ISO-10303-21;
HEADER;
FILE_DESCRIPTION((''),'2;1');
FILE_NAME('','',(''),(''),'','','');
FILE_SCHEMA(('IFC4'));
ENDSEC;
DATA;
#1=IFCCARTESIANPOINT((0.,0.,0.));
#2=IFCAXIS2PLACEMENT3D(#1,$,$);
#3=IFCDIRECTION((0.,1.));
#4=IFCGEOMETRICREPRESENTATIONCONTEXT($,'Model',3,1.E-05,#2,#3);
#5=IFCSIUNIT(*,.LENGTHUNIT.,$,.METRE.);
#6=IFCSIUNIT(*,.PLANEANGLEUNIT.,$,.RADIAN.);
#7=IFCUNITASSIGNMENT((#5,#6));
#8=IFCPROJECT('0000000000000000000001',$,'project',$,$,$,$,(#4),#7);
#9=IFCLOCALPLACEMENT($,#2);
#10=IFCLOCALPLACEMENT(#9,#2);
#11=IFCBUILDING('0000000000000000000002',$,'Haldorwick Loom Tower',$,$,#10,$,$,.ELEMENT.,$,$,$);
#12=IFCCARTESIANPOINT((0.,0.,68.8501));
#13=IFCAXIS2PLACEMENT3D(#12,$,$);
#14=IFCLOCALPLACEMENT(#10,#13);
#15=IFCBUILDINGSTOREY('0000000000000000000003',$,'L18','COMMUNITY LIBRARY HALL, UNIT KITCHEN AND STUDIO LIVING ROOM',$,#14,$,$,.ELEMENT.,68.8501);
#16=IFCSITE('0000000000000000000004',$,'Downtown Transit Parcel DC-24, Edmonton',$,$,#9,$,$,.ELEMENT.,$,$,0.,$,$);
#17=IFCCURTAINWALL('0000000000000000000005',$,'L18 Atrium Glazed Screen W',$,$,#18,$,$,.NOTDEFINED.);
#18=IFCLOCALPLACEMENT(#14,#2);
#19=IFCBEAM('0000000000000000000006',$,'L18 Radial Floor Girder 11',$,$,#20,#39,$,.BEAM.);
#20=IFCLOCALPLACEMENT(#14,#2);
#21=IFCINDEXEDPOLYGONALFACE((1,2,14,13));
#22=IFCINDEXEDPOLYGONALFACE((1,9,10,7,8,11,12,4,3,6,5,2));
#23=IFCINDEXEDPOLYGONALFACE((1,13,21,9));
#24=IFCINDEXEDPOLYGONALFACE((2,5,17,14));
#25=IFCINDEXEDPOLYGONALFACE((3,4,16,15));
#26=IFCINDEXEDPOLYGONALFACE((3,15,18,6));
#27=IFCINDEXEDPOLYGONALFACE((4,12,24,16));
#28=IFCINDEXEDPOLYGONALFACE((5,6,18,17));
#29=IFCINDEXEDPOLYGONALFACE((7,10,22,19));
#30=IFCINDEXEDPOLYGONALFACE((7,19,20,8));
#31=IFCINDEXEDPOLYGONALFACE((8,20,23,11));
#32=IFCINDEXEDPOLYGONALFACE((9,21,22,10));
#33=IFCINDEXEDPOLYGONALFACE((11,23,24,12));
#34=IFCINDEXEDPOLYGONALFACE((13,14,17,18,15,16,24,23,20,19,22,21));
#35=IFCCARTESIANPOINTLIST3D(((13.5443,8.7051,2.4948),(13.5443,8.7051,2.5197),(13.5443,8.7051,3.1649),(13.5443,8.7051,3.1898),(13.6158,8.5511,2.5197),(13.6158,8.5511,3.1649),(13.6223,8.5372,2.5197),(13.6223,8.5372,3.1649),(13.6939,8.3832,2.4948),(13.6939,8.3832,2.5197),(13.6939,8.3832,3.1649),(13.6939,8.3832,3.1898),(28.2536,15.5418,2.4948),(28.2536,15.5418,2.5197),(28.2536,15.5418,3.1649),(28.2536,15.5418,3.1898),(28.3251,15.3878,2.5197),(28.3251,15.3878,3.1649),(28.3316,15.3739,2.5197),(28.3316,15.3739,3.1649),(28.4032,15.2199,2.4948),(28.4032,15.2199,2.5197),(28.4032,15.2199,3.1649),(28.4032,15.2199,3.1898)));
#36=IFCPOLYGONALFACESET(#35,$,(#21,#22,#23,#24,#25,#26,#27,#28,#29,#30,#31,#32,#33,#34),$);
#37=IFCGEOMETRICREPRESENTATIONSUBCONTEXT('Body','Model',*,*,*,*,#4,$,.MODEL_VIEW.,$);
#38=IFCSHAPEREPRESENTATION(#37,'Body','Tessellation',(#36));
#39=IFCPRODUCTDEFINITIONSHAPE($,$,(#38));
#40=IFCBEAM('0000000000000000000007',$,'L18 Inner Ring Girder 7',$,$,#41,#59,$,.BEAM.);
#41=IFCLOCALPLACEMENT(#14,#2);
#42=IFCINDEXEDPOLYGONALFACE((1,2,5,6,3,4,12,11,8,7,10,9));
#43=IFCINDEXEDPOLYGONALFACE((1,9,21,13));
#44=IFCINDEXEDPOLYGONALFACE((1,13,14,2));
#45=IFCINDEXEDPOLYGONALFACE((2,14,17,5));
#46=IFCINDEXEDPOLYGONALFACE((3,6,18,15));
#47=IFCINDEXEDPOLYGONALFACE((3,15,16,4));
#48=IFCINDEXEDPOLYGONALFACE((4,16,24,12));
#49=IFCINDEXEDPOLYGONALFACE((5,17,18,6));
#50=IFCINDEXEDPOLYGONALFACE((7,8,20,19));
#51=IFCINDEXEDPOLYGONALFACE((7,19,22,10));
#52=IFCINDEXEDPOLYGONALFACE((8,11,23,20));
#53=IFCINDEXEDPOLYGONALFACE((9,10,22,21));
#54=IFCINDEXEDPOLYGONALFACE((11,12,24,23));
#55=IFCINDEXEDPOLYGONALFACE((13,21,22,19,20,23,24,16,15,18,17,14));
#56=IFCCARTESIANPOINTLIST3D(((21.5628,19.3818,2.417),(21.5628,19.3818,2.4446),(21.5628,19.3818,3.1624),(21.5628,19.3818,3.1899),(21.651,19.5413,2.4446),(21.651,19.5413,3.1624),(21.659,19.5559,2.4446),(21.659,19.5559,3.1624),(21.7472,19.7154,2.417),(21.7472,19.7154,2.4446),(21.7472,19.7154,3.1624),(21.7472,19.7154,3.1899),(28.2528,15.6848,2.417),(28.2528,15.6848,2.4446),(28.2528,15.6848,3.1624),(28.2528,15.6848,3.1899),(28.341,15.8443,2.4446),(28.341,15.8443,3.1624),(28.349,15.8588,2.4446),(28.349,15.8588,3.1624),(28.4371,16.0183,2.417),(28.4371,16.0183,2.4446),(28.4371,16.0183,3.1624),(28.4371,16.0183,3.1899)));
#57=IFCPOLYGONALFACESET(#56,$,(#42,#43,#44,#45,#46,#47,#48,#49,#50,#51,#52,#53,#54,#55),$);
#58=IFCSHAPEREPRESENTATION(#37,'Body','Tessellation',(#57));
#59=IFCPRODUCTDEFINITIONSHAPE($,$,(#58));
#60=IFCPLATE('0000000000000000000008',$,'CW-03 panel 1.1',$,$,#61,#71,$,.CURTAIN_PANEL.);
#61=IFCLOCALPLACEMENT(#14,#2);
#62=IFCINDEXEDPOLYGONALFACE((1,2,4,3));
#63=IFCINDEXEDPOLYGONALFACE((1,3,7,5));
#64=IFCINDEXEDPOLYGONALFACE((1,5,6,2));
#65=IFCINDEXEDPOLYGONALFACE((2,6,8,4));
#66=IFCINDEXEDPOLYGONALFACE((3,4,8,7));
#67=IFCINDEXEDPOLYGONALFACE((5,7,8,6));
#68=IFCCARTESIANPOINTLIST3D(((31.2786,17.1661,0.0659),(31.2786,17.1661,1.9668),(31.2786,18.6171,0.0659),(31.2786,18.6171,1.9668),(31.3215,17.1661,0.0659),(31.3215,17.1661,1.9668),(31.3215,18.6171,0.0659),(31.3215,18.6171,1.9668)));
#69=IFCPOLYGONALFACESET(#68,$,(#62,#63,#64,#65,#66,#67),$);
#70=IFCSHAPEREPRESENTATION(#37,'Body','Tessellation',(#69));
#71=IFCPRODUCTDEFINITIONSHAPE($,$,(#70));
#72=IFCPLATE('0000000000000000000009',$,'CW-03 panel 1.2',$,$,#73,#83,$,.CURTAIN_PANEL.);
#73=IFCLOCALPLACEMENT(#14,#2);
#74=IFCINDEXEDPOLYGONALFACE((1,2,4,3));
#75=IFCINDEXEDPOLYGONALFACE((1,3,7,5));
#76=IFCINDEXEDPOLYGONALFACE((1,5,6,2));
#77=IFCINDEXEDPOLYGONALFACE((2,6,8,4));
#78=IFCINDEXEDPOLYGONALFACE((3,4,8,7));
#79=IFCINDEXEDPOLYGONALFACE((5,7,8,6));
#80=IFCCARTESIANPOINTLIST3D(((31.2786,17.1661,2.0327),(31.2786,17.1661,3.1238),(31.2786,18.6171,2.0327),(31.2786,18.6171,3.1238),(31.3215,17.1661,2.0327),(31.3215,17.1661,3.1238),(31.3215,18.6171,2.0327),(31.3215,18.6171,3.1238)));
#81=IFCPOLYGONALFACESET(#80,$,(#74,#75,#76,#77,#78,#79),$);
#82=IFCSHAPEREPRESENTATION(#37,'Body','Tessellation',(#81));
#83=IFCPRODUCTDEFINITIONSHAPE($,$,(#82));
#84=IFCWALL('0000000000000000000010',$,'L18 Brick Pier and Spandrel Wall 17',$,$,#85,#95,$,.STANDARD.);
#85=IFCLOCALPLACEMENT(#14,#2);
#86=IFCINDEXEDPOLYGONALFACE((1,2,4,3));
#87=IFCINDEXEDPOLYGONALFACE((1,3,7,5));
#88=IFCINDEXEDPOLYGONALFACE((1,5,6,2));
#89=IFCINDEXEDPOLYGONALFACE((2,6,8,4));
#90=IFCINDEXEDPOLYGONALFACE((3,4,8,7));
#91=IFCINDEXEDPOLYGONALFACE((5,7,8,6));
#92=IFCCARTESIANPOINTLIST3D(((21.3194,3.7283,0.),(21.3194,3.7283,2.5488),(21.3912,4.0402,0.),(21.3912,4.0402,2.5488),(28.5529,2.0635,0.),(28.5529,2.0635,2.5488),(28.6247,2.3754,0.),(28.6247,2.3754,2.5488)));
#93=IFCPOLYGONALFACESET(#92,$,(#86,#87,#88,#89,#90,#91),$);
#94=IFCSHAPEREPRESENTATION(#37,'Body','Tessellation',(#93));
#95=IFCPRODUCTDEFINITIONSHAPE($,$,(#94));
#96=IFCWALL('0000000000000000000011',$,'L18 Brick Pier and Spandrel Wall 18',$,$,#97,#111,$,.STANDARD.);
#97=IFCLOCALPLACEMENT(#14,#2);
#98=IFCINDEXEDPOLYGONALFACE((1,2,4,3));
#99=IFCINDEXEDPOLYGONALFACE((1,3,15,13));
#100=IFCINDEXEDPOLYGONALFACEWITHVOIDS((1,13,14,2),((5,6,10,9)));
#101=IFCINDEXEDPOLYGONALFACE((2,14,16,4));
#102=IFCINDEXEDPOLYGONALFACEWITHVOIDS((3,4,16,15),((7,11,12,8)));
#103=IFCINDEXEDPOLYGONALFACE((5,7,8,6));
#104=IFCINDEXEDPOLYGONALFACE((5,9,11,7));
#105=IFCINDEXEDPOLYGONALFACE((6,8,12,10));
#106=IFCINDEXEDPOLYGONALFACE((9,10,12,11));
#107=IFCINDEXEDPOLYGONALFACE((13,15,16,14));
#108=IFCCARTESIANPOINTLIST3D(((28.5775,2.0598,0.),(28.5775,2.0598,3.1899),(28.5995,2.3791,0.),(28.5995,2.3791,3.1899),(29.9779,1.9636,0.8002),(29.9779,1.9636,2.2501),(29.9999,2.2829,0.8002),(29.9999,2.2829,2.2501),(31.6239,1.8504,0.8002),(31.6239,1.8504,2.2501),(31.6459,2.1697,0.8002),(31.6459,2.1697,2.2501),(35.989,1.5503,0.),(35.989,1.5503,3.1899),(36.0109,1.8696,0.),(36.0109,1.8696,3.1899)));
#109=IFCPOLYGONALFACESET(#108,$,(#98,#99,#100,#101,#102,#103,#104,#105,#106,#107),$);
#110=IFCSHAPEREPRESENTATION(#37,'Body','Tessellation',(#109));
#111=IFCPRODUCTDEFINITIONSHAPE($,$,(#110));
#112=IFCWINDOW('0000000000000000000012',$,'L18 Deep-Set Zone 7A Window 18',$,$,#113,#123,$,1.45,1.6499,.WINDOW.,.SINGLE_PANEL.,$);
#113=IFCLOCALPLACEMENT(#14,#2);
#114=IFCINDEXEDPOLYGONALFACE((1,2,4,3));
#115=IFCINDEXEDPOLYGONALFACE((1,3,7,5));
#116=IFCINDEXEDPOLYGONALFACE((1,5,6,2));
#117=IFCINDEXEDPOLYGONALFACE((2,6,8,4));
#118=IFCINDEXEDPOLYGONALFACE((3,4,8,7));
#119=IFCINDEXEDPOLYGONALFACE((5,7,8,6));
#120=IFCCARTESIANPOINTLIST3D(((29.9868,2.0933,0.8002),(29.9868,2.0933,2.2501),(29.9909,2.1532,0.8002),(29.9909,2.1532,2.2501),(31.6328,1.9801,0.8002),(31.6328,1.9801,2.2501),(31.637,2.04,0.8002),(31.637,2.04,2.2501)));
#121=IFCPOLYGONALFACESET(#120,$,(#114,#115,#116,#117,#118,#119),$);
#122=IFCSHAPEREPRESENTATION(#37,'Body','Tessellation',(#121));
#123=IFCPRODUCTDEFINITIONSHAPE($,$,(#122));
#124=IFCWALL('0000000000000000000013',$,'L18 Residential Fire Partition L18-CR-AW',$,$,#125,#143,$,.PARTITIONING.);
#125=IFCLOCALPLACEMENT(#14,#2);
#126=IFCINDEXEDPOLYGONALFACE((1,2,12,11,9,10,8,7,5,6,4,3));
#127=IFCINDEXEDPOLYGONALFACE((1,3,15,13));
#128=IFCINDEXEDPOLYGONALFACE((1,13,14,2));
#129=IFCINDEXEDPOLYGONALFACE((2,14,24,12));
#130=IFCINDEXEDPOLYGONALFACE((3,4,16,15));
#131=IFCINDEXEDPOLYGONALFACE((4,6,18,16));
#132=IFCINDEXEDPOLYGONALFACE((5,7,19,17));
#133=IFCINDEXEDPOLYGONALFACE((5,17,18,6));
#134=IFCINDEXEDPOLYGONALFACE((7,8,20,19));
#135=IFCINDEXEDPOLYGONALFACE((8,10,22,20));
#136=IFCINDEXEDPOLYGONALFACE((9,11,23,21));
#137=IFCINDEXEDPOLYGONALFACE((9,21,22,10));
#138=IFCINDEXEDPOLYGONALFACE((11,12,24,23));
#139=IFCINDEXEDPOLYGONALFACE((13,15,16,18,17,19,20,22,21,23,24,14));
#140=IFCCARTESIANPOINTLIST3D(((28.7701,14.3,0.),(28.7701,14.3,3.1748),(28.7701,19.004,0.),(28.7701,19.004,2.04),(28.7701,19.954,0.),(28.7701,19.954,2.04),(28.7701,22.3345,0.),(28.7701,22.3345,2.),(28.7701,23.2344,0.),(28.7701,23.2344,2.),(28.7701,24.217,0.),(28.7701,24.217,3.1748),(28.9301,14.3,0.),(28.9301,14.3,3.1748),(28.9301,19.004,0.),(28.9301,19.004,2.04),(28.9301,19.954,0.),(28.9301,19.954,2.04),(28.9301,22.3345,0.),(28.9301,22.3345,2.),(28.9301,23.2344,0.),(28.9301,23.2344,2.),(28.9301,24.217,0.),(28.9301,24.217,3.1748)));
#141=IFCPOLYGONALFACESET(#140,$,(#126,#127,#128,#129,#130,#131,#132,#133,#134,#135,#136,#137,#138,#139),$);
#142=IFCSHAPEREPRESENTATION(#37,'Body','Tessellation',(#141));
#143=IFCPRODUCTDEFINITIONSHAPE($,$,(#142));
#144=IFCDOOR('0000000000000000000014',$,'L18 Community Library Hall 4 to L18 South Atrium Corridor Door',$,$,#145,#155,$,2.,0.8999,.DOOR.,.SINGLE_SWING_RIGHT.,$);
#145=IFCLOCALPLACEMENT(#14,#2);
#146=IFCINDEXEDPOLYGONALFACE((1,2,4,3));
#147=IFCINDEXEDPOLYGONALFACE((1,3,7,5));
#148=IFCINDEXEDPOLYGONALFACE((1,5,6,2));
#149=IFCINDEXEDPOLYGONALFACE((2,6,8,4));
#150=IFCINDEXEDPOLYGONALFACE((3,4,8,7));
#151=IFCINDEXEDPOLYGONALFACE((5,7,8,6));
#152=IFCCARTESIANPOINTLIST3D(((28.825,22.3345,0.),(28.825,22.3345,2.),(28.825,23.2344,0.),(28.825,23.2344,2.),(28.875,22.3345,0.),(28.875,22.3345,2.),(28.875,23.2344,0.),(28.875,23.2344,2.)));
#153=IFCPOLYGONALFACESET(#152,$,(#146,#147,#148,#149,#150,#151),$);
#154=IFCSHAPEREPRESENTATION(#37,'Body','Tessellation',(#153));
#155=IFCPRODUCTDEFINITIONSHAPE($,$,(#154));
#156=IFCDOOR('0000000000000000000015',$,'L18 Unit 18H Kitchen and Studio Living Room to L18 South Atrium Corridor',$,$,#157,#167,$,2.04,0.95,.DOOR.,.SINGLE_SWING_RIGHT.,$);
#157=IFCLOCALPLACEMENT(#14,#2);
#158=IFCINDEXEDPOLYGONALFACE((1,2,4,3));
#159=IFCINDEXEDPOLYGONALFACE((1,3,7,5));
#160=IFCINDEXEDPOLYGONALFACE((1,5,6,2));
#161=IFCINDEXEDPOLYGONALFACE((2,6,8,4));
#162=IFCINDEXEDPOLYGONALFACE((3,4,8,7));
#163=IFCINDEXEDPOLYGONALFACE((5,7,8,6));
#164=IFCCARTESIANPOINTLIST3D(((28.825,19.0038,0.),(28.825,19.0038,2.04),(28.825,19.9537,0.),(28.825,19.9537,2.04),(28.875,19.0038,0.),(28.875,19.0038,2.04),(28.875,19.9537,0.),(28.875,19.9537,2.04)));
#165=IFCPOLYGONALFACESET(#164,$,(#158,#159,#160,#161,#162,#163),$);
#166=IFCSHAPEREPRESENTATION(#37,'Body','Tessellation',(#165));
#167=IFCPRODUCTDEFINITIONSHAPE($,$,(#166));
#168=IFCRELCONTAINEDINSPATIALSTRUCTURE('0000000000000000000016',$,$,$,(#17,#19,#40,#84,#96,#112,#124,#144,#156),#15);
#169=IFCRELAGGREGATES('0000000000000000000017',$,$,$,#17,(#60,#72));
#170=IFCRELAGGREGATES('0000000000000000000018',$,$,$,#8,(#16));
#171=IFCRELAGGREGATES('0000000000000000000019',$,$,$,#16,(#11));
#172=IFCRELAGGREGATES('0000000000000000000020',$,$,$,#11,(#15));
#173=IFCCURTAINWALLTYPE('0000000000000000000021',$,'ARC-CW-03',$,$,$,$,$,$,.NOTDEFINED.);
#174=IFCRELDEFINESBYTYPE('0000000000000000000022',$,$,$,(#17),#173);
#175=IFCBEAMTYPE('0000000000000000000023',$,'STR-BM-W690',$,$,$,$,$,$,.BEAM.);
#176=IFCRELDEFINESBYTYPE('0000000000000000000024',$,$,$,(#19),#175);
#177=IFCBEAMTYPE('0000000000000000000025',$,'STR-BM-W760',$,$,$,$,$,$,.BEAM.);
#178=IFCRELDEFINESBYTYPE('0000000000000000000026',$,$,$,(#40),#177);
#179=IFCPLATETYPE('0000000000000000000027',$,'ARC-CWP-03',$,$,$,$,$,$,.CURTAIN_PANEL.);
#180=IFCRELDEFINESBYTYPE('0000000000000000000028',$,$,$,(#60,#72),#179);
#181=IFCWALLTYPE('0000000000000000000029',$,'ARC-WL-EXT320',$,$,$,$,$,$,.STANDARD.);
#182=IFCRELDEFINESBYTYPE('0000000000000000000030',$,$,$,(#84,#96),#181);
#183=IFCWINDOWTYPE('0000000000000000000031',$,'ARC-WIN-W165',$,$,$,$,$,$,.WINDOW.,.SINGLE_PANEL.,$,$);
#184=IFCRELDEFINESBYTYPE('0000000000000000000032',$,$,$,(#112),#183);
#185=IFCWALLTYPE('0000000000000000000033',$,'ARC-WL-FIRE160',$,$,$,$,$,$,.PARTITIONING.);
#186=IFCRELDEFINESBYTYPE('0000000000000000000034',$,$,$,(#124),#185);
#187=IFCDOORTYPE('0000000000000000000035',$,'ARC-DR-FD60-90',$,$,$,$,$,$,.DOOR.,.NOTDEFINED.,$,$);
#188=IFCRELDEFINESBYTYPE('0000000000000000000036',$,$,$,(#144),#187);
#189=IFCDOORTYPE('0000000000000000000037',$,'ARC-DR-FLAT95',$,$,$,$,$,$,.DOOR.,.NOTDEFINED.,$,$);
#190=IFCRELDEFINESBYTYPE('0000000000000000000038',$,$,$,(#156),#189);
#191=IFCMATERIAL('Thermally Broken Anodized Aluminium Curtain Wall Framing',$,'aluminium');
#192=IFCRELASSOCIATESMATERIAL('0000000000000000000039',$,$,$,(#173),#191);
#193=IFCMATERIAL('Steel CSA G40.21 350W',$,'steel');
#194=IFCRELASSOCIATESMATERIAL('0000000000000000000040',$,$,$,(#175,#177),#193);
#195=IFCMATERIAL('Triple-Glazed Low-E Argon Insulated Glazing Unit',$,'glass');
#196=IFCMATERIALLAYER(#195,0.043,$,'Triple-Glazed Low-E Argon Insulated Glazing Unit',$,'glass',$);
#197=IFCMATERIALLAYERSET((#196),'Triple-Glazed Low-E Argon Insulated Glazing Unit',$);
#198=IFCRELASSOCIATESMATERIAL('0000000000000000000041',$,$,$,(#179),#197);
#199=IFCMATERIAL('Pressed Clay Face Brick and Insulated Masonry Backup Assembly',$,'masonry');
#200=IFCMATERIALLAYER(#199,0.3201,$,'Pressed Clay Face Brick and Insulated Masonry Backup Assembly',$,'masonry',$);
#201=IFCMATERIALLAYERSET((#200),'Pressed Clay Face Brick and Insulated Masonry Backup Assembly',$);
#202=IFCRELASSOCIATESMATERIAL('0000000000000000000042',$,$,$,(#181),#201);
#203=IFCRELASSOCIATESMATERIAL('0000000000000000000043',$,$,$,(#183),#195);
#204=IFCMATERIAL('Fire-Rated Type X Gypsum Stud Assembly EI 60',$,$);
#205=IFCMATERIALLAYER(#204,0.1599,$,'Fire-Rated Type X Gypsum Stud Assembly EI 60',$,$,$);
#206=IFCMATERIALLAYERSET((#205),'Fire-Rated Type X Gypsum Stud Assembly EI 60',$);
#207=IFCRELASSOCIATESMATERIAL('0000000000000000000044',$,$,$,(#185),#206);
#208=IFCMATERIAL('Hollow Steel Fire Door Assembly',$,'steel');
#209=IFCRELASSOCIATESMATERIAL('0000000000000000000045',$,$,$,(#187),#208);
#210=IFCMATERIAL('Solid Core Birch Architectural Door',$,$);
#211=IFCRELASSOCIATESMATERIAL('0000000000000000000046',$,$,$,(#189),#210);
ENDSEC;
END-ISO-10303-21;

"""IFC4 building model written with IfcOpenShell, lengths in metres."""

from ifc_helpers import new_model, si_unit, direction, frame, frame_2d, origin, origin_2d, place, context, subcontext, project, spatial, rectangle, i_section, extrude, material, layer, layer_set, material_profile, profile_set, type_object, element, fill, aggregate, save


model = new_model("IFC4")

# Units and contexts
model_context = context("Model", 3, precision=1e-05, world=origin(), true_north=direction((0.0, 1.0)))
body_context = subcontext(model_context, "Body", "Model", "MODEL_VIEW")
ifc_project = project(units=[si_unit("LENGTHUNIT", "METRE"), si_unit("PLANEANGLEUNIT", "RADIAN")], contexts=[model_context])

# Site, building, storey
site_placement = place(None, origin())
site = spatial("IfcSite", under=ifc_project, at=site_placement, Name="Downtown Transit Parcel DC-24, Edmonton", CompositionType="ELEMENT", RefElevation=0.0)
building_placement = place(site_placement, origin())
building = spatial("IfcBuilding", under=site, at=building_placement, Name="Haldorwick Loom Tower", CompositionType="ELEMENT")
storey_placement = place(building_placement, frame((0.0, 0.0, 68.8501)))
storey = spatial("IfcBuildingStorey", under=building, at=storey_placement, Name="L18", Description="COMMUNITY LIBRARY HALL, UNIT KITCHEN AND STUDIO LIVING ROOM", CompositionType="ELEMENT", Elevation=68.8501)

# Curtain wall
ifc_material_1 = material(Name="Thermally Broken Anodized Aluminium Curtain Wall Framing", Category="aluminium")
curtain_wall_type = type_object("IfcCurtainWallType", Name="ARC-CW-03", PredefinedType="NOTDEFINED", material=ifc_material_1)
curtain_wall_placement = place(storey_placement, origin())
curtain_wall = element("IfcCurtainWall", 1, at=curtain_wall_placement, inside=storey, type_object=curtain_wall_type, Name="L18 Atrium Glazed Screen W", PredefinedType="NOTDEFINED")

# Beams
ifc_material_2 = material(Name="Steel CSA G40.21 350W", Category="steel")
ifc_material_profile_1 = material_profile(ifc_material_2, i_section(OverallWidth=0.355, OverallDepth=0.6951, WebThickness=0.0154, FlangeThickness=0.0249, at=origin_2d()), Name="W690X217", Category="steel")
ifc_profile_set_1 = profile_set([ifc_material_profile_1], Name="Steel CSA G40.21 350W")
beam_type_1 = type_object("IfcBeamType", Name="STR-BM-W690", PredefinedType="BEAM", material=ifc_profile_set_1)
beam_1_placement = place(storey_placement, frame((28.3284, 15.3809, 2.8423), z_axis=(-0.906835, -0.421486, 0.0), x_axis=(0.421486, -0.906835, 0.0)))
element("IfcBeam", 2, at=beam_1_placement, inside=storey, type_object=beam_type_1, Name="L18 Radial Floor Girder 11", PredefinedType="BEAM", context=body_context, shape_type="SweptSolid", body=[
    extrude(i_section(OverallWidth=0.355, OverallDepth=0.6951, WebThickness=0.0154, FlangeThickness=0.0249, at=origin_2d()), origin(), (0.0, 0.0, 1.0), 16.2205),
])
ifc_material_profile_2 = material_profile(ifc_material_2, i_section(OverallWidth=0.3811, OverallDepth=0.7729, WebThickness=0.0166, FlangeThickness=0.0276, at=origin_2d()), Name="W760X257", Category="steel")
ifc_profile_set_2 = profile_set([ifc_material_profile_2], Name="Steel CSA G40.21 350W")
beam_type_2 = type_object("IfcBeamType", Name="STR-BM-W760", PredefinedType="BEAM", material=ifc_profile_set_2)
beam_2_placement = place(storey_placement, frame((28.345, 15.8516, 2.8035), z_axis=(-0.875244, 0.483681, 0.0), x_axis=(-0.483681, -0.875244, 0.0)))
element("IfcBeam", 3, at=beam_2_placement, inside=storey, type_object=beam_type_2, Name="L18 Inner Ring Girder 7", PredefinedType="BEAM", context=body_context, shape_type="SweptSolid", body=[
    extrude(i_section(OverallWidth=0.3811, OverallDepth=0.7729, WebThickness=0.0166, FlangeThickness=0.0276, at=origin_2d()), origin(), (0.0, 0.0, 1.0), 7.6436),
])

# Plates
ifc_material_3 = material(Name="Triple-Glazed Low-E Argon Insulated Glazing Unit", Category="glass")
ifc_layer_1 = layer(ifc_material_3, 0.043, Name="Triple-Glazed Low-E Argon Insulated Glazing Unit", Category="glass")
ifc_layer_set_1 = layer_set([ifc_layer_1], Name="Triple-Glazed Low-E Argon Insulated Glazing Unit")
plate_type = type_object("IfcPlateType", Name="ARC-CWP-03", PredefinedType="CURTAIN_PANEL", material=ifc_layer_set_1)
plate_1_placement = place(storey_placement, frame((31.3, 17.8916, 0.0659), z_axis=(0.0, 0.0, 1.0), x_axis=(0.0, 1.0, 0.0)))
plate_1 = element("IfcPlate", 4, at=plate_1_placement, type_object=plate_type, Name="CW-03 panel 1.1", PredefinedType="CURTAIN_PANEL", context=body_context, shape_type="SweptSolid", body=[
    extrude(rectangle(XDim=1.4509, YDim=0.043, at=origin_2d()), origin(), (0.0, 0.0, 1.0), 1.9009),
])
plate_2_placement = place(storey_placement, frame((31.3, 17.8916, 2.0327), z_axis=(0.0, 0.0, 1.0), x_axis=(0.0, 1.0, 0.0)))
plate_2 = element("IfcPlate", 5, at=plate_2_placement, type_object=plate_type, Name="CW-03 panel 1.2", PredefinedType="CURTAIN_PANEL", context=body_context, shape_type="SweptSolid", body=[
    extrude(rectangle(XDim=1.4509, YDim=0.043, at=origin_2d()), origin(), (0.0, 0.0, 1.0), 1.0911),
])
aggregate(curtain_wall, [plate_1, plate_2])

# Wall
ifc_material_4 = material(Name="Pressed Clay Face Brick and Insulated Masonry Backup Assembly", Category="masonry")
ifc_layer_2 = layer(ifc_material_4, 0.3201, Name="Pressed Clay Face Brick and Insulated Masonry Backup Assembly", Category="masonry")
ifc_layer_set_2 = layer_set([ifc_layer_2], Name="Pressed Clay Face Brick and Insulated Masonry Backup Assembly")
wall_type_1 = type_object("IfcWallType", Name="ARC-WL-EXT320", PredefinedType="STANDARD", material=ifc_layer_set_2)
wall_1_placement = place(storey_placement, frame((21.3552, 3.8843, 0.0), z_axis=(0.0, 0.0, 1.0), x_axis=(0.974522, -0.22429, 0.0)))
element("IfcWall", 6, at=wall_1_placement, inside=storey, type_object=wall_type_1, Name="L18 Brick Pier and Spandrel Wall 17", PredefinedType="STANDARD", context=body_context, shape_type="SweptSolid", body=[
    extrude(rectangle(XDim=7.4226, YDim=0.3201, at=frame_2d((3.7114, 0.0))), origin(), (0.0, 0.0, 1.0), 2.5488),
])

# Wall, opening, window
wall_2_placement = place(storey_placement, frame((28.5886, 2.2195, 0.0), z_axis=(0.0, 0.0, 1.0), x_axis=(0.997645, -0.068587, 0.0)))
wall_2 = element("IfcWall", 7, at=wall_2_placement, inside=storey, type_object=wall_type_1, Name="L18 Brick Pier and Spandrel Wall 18", PredefinedType="STANDARD", context=body_context, shape_type="SweptSolid", body=[
    extrude(rectangle(XDim=7.429, YDim=0.3201, at=frame_2d((3.7144, 0.0))), origin(), (0.0, 0.0, 1.0), 3.1899),
])
opening_1_placement = place(wall_2_placement, frame((1.4036, 0.0, 0.8)))
opening_1 = element("IfcOpeningElement", 8, at=opening_1_placement, cuts=wall_2, PredefinedType="OPENING", context=body_context, shape_type="SweptSolid", body=[
    extrude(rectangle(XDim=1.6499, YDim=1.45, at=frame_2d((0.825, 0.7251))), frame((0.0, 0.1699, 0.0), z_axis=(0.0, -1.0, 0.0), x_axis=(1.0, 0.0, 0.0)), (0.0, 0.0, 1.0), 0.3401),
])
window_type = type_object("IfcWindowType", Name="ARC-WIN-W165", PartitioningType="SINGLE_PANEL", PredefinedType="WINDOW", material=ifc_material_3)
window_placement = place(opening_1_placement, origin())
window = element("IfcWindow", 9, at=window_placement, inside=storey, type_object=window_type, Name="L18 Deep-Set Zone 7A Window 18", OverallHeight=1.45, OverallWidth=1.6499, PartitioningType="SINGLE_PANEL", PredefinedType="WINDOW", context=body_context, shape_type="SweptSolid", body=[
    extrude(rectangle(XDim=1.6499, YDim=1.45, at=frame_2d((0.825, 0.7251))), frame((0.0, 0.03, 0.0), z_axis=(0.0, -1.0, 0.0), x_axis=(1.0, 0.0, 0.0)), (0.0, 0.0, 1.0), 0.0601),
])
fill(opening_1, window)

# Wall, openings, doors
ifc_material_5 = material(Name="Fire-Rated Type X Gypsum Stud Assembly EI 60")
ifc_layer_3 = layer(ifc_material_5, 0.1599, Name="Fire-Rated Type X Gypsum Stud Assembly EI 60")
ifc_layer_set_3 = layer_set([ifc_layer_3], Name="Fire-Rated Type X Gypsum Stud Assembly EI 60")
wall_type_2 = type_object("IfcWallType", Name="ARC-WL-FIRE160", PredefinedType="PARTITIONING", material=ifc_layer_set_3)
wall_3_placement = place(storey_placement, frame((28.8501, 14.3, 0.0), z_axis=(0.0, 0.0, 1.0), x_axis=(0.0, 1.0, 0.0)))
wall_3 = element("IfcWall", 10, at=wall_3_placement, inside=storey, type_object=wall_type_2, Name="L18 Residential Fire Partition L18-CR-AW", PredefinedType="PARTITIONING", context=body_context, shape_type="SweptSolid", body=[
    extrude(rectangle(XDim=9.917, YDim=0.1599, at=frame_2d((4.9585, 0.0))), origin(), (0.0, 0.0, 1.0), 3.1748),
])
opening_2_placement = place(wall_3_placement, frame((4.7039, 0.0, 0.0)))
opening_2 = element("IfcOpeningElement", 11, at=opening_2_placement, cuts=wall_3, PredefinedType="OPENING", context=body_context, shape_type="SweptSolid", body=[
    extrude(rectangle(XDim=0.95, YDim=2.04, at=frame_2d((0.4751, 1.02))), frame((0.0, 0.0898, 0.0), z_axis=(0.0, -1.0, 0.0), x_axis=(1.0, 0.0, 0.0)), (0.0, 0.0, 1.0), 0.1799),
])
opening_3_placement = place(wall_3_placement, frame((8.0344, 0.0, 0.0)))
opening_3 = element("IfcOpeningElement", 12, at=opening_3_placement, cuts=wall_3, PredefinedType="OPENING", context=body_context, shape_type="SweptSolid", body=[
    extrude(rectangle(XDim=0.8999, YDim=2.0, at=frame_2d((0.45, 1.0))), frame((0.0, 0.0898, 0.0), z_axis=(0.0, -1.0, 0.0), x_axis=(1.0, 0.0, 0.0)), (0.0, 0.0, 1.0), 0.1799),
])
ifc_material_6 = material(Name="Hollow Steel Fire Door Assembly", Category="steel")
door_type_1 = type_object("IfcDoorType", Name="ARC-DR-FD60-90", OperationType="NOTDEFINED", PredefinedType="DOOR", material=ifc_material_6)
door_1_placement = place(opening_3_placement, frame((0.8999, 0.0, 0.0), z_axis=(0.0, 0.0, 1.0), x_axis=(-1.0, 0.0, 0.0)))
door_1 = element("IfcDoor", 13, at=door_1_placement, inside=storey, type_object=door_type_1, Name="L18 Community Library Hall 4 to L18 South Atrium Corridor Door", OperationType="SINGLE_SWING_RIGHT", OverallHeight=2.0, OverallWidth=0.8999, PredefinedType="DOOR", context=body_context, shape_type="SweptSolid", body=[
    extrude(rectangle(XDim=0.8999, YDim=2.0, at=frame_2d((0.45, 1.0))), frame((0.0, 0.0249, 0.0), z_axis=(0.0, -1.0, 0.0), x_axis=(1.0, 0.0, 0.0)), (0.0, 0.0, 1.0), 0.05),
])
fill(opening_3, door_1)
ifc_material_7 = material(Name="Solid Core Birch Architectural Door")
door_type_2 = type_object("IfcDoorType", Name="ARC-DR-FLAT95", OperationType="NOTDEFINED", PredefinedType="DOOR", material=ifc_material_7)
door_2_placement = place(opening_2_placement, frame((0.95, 0.0, 0.0), z_axis=(0.0, 0.0, 1.0), x_axis=(-1.0, 0.0, 0.0)))
door_2 = element("IfcDoor", 14, at=door_2_placement, inside=storey, type_object=door_type_2, Name="L18 Unit 18H Kitchen and Studio Living Room to L18 South Atrium Corridor", OperationType="SINGLE_SWING_RIGHT", OverallHeight=2.04, OverallWidth=0.95, PredefinedType="DOOR", context=body_context, shape_type="SweptSolid", body=[
    extrude(rectangle(XDim=0.95, YDim=2.04, at=frame_2d((0.4751, 1.02))), frame((0.0, 0.0249, 0.0), z_axis=(0.0, -1.0, 0.0), x_axis=(1.0, 0.0, 0.0)), (0.0, 0.0, 1.0), 0.05),
])
fill(opening_2, door_2)

save(model, "model.ifc")
